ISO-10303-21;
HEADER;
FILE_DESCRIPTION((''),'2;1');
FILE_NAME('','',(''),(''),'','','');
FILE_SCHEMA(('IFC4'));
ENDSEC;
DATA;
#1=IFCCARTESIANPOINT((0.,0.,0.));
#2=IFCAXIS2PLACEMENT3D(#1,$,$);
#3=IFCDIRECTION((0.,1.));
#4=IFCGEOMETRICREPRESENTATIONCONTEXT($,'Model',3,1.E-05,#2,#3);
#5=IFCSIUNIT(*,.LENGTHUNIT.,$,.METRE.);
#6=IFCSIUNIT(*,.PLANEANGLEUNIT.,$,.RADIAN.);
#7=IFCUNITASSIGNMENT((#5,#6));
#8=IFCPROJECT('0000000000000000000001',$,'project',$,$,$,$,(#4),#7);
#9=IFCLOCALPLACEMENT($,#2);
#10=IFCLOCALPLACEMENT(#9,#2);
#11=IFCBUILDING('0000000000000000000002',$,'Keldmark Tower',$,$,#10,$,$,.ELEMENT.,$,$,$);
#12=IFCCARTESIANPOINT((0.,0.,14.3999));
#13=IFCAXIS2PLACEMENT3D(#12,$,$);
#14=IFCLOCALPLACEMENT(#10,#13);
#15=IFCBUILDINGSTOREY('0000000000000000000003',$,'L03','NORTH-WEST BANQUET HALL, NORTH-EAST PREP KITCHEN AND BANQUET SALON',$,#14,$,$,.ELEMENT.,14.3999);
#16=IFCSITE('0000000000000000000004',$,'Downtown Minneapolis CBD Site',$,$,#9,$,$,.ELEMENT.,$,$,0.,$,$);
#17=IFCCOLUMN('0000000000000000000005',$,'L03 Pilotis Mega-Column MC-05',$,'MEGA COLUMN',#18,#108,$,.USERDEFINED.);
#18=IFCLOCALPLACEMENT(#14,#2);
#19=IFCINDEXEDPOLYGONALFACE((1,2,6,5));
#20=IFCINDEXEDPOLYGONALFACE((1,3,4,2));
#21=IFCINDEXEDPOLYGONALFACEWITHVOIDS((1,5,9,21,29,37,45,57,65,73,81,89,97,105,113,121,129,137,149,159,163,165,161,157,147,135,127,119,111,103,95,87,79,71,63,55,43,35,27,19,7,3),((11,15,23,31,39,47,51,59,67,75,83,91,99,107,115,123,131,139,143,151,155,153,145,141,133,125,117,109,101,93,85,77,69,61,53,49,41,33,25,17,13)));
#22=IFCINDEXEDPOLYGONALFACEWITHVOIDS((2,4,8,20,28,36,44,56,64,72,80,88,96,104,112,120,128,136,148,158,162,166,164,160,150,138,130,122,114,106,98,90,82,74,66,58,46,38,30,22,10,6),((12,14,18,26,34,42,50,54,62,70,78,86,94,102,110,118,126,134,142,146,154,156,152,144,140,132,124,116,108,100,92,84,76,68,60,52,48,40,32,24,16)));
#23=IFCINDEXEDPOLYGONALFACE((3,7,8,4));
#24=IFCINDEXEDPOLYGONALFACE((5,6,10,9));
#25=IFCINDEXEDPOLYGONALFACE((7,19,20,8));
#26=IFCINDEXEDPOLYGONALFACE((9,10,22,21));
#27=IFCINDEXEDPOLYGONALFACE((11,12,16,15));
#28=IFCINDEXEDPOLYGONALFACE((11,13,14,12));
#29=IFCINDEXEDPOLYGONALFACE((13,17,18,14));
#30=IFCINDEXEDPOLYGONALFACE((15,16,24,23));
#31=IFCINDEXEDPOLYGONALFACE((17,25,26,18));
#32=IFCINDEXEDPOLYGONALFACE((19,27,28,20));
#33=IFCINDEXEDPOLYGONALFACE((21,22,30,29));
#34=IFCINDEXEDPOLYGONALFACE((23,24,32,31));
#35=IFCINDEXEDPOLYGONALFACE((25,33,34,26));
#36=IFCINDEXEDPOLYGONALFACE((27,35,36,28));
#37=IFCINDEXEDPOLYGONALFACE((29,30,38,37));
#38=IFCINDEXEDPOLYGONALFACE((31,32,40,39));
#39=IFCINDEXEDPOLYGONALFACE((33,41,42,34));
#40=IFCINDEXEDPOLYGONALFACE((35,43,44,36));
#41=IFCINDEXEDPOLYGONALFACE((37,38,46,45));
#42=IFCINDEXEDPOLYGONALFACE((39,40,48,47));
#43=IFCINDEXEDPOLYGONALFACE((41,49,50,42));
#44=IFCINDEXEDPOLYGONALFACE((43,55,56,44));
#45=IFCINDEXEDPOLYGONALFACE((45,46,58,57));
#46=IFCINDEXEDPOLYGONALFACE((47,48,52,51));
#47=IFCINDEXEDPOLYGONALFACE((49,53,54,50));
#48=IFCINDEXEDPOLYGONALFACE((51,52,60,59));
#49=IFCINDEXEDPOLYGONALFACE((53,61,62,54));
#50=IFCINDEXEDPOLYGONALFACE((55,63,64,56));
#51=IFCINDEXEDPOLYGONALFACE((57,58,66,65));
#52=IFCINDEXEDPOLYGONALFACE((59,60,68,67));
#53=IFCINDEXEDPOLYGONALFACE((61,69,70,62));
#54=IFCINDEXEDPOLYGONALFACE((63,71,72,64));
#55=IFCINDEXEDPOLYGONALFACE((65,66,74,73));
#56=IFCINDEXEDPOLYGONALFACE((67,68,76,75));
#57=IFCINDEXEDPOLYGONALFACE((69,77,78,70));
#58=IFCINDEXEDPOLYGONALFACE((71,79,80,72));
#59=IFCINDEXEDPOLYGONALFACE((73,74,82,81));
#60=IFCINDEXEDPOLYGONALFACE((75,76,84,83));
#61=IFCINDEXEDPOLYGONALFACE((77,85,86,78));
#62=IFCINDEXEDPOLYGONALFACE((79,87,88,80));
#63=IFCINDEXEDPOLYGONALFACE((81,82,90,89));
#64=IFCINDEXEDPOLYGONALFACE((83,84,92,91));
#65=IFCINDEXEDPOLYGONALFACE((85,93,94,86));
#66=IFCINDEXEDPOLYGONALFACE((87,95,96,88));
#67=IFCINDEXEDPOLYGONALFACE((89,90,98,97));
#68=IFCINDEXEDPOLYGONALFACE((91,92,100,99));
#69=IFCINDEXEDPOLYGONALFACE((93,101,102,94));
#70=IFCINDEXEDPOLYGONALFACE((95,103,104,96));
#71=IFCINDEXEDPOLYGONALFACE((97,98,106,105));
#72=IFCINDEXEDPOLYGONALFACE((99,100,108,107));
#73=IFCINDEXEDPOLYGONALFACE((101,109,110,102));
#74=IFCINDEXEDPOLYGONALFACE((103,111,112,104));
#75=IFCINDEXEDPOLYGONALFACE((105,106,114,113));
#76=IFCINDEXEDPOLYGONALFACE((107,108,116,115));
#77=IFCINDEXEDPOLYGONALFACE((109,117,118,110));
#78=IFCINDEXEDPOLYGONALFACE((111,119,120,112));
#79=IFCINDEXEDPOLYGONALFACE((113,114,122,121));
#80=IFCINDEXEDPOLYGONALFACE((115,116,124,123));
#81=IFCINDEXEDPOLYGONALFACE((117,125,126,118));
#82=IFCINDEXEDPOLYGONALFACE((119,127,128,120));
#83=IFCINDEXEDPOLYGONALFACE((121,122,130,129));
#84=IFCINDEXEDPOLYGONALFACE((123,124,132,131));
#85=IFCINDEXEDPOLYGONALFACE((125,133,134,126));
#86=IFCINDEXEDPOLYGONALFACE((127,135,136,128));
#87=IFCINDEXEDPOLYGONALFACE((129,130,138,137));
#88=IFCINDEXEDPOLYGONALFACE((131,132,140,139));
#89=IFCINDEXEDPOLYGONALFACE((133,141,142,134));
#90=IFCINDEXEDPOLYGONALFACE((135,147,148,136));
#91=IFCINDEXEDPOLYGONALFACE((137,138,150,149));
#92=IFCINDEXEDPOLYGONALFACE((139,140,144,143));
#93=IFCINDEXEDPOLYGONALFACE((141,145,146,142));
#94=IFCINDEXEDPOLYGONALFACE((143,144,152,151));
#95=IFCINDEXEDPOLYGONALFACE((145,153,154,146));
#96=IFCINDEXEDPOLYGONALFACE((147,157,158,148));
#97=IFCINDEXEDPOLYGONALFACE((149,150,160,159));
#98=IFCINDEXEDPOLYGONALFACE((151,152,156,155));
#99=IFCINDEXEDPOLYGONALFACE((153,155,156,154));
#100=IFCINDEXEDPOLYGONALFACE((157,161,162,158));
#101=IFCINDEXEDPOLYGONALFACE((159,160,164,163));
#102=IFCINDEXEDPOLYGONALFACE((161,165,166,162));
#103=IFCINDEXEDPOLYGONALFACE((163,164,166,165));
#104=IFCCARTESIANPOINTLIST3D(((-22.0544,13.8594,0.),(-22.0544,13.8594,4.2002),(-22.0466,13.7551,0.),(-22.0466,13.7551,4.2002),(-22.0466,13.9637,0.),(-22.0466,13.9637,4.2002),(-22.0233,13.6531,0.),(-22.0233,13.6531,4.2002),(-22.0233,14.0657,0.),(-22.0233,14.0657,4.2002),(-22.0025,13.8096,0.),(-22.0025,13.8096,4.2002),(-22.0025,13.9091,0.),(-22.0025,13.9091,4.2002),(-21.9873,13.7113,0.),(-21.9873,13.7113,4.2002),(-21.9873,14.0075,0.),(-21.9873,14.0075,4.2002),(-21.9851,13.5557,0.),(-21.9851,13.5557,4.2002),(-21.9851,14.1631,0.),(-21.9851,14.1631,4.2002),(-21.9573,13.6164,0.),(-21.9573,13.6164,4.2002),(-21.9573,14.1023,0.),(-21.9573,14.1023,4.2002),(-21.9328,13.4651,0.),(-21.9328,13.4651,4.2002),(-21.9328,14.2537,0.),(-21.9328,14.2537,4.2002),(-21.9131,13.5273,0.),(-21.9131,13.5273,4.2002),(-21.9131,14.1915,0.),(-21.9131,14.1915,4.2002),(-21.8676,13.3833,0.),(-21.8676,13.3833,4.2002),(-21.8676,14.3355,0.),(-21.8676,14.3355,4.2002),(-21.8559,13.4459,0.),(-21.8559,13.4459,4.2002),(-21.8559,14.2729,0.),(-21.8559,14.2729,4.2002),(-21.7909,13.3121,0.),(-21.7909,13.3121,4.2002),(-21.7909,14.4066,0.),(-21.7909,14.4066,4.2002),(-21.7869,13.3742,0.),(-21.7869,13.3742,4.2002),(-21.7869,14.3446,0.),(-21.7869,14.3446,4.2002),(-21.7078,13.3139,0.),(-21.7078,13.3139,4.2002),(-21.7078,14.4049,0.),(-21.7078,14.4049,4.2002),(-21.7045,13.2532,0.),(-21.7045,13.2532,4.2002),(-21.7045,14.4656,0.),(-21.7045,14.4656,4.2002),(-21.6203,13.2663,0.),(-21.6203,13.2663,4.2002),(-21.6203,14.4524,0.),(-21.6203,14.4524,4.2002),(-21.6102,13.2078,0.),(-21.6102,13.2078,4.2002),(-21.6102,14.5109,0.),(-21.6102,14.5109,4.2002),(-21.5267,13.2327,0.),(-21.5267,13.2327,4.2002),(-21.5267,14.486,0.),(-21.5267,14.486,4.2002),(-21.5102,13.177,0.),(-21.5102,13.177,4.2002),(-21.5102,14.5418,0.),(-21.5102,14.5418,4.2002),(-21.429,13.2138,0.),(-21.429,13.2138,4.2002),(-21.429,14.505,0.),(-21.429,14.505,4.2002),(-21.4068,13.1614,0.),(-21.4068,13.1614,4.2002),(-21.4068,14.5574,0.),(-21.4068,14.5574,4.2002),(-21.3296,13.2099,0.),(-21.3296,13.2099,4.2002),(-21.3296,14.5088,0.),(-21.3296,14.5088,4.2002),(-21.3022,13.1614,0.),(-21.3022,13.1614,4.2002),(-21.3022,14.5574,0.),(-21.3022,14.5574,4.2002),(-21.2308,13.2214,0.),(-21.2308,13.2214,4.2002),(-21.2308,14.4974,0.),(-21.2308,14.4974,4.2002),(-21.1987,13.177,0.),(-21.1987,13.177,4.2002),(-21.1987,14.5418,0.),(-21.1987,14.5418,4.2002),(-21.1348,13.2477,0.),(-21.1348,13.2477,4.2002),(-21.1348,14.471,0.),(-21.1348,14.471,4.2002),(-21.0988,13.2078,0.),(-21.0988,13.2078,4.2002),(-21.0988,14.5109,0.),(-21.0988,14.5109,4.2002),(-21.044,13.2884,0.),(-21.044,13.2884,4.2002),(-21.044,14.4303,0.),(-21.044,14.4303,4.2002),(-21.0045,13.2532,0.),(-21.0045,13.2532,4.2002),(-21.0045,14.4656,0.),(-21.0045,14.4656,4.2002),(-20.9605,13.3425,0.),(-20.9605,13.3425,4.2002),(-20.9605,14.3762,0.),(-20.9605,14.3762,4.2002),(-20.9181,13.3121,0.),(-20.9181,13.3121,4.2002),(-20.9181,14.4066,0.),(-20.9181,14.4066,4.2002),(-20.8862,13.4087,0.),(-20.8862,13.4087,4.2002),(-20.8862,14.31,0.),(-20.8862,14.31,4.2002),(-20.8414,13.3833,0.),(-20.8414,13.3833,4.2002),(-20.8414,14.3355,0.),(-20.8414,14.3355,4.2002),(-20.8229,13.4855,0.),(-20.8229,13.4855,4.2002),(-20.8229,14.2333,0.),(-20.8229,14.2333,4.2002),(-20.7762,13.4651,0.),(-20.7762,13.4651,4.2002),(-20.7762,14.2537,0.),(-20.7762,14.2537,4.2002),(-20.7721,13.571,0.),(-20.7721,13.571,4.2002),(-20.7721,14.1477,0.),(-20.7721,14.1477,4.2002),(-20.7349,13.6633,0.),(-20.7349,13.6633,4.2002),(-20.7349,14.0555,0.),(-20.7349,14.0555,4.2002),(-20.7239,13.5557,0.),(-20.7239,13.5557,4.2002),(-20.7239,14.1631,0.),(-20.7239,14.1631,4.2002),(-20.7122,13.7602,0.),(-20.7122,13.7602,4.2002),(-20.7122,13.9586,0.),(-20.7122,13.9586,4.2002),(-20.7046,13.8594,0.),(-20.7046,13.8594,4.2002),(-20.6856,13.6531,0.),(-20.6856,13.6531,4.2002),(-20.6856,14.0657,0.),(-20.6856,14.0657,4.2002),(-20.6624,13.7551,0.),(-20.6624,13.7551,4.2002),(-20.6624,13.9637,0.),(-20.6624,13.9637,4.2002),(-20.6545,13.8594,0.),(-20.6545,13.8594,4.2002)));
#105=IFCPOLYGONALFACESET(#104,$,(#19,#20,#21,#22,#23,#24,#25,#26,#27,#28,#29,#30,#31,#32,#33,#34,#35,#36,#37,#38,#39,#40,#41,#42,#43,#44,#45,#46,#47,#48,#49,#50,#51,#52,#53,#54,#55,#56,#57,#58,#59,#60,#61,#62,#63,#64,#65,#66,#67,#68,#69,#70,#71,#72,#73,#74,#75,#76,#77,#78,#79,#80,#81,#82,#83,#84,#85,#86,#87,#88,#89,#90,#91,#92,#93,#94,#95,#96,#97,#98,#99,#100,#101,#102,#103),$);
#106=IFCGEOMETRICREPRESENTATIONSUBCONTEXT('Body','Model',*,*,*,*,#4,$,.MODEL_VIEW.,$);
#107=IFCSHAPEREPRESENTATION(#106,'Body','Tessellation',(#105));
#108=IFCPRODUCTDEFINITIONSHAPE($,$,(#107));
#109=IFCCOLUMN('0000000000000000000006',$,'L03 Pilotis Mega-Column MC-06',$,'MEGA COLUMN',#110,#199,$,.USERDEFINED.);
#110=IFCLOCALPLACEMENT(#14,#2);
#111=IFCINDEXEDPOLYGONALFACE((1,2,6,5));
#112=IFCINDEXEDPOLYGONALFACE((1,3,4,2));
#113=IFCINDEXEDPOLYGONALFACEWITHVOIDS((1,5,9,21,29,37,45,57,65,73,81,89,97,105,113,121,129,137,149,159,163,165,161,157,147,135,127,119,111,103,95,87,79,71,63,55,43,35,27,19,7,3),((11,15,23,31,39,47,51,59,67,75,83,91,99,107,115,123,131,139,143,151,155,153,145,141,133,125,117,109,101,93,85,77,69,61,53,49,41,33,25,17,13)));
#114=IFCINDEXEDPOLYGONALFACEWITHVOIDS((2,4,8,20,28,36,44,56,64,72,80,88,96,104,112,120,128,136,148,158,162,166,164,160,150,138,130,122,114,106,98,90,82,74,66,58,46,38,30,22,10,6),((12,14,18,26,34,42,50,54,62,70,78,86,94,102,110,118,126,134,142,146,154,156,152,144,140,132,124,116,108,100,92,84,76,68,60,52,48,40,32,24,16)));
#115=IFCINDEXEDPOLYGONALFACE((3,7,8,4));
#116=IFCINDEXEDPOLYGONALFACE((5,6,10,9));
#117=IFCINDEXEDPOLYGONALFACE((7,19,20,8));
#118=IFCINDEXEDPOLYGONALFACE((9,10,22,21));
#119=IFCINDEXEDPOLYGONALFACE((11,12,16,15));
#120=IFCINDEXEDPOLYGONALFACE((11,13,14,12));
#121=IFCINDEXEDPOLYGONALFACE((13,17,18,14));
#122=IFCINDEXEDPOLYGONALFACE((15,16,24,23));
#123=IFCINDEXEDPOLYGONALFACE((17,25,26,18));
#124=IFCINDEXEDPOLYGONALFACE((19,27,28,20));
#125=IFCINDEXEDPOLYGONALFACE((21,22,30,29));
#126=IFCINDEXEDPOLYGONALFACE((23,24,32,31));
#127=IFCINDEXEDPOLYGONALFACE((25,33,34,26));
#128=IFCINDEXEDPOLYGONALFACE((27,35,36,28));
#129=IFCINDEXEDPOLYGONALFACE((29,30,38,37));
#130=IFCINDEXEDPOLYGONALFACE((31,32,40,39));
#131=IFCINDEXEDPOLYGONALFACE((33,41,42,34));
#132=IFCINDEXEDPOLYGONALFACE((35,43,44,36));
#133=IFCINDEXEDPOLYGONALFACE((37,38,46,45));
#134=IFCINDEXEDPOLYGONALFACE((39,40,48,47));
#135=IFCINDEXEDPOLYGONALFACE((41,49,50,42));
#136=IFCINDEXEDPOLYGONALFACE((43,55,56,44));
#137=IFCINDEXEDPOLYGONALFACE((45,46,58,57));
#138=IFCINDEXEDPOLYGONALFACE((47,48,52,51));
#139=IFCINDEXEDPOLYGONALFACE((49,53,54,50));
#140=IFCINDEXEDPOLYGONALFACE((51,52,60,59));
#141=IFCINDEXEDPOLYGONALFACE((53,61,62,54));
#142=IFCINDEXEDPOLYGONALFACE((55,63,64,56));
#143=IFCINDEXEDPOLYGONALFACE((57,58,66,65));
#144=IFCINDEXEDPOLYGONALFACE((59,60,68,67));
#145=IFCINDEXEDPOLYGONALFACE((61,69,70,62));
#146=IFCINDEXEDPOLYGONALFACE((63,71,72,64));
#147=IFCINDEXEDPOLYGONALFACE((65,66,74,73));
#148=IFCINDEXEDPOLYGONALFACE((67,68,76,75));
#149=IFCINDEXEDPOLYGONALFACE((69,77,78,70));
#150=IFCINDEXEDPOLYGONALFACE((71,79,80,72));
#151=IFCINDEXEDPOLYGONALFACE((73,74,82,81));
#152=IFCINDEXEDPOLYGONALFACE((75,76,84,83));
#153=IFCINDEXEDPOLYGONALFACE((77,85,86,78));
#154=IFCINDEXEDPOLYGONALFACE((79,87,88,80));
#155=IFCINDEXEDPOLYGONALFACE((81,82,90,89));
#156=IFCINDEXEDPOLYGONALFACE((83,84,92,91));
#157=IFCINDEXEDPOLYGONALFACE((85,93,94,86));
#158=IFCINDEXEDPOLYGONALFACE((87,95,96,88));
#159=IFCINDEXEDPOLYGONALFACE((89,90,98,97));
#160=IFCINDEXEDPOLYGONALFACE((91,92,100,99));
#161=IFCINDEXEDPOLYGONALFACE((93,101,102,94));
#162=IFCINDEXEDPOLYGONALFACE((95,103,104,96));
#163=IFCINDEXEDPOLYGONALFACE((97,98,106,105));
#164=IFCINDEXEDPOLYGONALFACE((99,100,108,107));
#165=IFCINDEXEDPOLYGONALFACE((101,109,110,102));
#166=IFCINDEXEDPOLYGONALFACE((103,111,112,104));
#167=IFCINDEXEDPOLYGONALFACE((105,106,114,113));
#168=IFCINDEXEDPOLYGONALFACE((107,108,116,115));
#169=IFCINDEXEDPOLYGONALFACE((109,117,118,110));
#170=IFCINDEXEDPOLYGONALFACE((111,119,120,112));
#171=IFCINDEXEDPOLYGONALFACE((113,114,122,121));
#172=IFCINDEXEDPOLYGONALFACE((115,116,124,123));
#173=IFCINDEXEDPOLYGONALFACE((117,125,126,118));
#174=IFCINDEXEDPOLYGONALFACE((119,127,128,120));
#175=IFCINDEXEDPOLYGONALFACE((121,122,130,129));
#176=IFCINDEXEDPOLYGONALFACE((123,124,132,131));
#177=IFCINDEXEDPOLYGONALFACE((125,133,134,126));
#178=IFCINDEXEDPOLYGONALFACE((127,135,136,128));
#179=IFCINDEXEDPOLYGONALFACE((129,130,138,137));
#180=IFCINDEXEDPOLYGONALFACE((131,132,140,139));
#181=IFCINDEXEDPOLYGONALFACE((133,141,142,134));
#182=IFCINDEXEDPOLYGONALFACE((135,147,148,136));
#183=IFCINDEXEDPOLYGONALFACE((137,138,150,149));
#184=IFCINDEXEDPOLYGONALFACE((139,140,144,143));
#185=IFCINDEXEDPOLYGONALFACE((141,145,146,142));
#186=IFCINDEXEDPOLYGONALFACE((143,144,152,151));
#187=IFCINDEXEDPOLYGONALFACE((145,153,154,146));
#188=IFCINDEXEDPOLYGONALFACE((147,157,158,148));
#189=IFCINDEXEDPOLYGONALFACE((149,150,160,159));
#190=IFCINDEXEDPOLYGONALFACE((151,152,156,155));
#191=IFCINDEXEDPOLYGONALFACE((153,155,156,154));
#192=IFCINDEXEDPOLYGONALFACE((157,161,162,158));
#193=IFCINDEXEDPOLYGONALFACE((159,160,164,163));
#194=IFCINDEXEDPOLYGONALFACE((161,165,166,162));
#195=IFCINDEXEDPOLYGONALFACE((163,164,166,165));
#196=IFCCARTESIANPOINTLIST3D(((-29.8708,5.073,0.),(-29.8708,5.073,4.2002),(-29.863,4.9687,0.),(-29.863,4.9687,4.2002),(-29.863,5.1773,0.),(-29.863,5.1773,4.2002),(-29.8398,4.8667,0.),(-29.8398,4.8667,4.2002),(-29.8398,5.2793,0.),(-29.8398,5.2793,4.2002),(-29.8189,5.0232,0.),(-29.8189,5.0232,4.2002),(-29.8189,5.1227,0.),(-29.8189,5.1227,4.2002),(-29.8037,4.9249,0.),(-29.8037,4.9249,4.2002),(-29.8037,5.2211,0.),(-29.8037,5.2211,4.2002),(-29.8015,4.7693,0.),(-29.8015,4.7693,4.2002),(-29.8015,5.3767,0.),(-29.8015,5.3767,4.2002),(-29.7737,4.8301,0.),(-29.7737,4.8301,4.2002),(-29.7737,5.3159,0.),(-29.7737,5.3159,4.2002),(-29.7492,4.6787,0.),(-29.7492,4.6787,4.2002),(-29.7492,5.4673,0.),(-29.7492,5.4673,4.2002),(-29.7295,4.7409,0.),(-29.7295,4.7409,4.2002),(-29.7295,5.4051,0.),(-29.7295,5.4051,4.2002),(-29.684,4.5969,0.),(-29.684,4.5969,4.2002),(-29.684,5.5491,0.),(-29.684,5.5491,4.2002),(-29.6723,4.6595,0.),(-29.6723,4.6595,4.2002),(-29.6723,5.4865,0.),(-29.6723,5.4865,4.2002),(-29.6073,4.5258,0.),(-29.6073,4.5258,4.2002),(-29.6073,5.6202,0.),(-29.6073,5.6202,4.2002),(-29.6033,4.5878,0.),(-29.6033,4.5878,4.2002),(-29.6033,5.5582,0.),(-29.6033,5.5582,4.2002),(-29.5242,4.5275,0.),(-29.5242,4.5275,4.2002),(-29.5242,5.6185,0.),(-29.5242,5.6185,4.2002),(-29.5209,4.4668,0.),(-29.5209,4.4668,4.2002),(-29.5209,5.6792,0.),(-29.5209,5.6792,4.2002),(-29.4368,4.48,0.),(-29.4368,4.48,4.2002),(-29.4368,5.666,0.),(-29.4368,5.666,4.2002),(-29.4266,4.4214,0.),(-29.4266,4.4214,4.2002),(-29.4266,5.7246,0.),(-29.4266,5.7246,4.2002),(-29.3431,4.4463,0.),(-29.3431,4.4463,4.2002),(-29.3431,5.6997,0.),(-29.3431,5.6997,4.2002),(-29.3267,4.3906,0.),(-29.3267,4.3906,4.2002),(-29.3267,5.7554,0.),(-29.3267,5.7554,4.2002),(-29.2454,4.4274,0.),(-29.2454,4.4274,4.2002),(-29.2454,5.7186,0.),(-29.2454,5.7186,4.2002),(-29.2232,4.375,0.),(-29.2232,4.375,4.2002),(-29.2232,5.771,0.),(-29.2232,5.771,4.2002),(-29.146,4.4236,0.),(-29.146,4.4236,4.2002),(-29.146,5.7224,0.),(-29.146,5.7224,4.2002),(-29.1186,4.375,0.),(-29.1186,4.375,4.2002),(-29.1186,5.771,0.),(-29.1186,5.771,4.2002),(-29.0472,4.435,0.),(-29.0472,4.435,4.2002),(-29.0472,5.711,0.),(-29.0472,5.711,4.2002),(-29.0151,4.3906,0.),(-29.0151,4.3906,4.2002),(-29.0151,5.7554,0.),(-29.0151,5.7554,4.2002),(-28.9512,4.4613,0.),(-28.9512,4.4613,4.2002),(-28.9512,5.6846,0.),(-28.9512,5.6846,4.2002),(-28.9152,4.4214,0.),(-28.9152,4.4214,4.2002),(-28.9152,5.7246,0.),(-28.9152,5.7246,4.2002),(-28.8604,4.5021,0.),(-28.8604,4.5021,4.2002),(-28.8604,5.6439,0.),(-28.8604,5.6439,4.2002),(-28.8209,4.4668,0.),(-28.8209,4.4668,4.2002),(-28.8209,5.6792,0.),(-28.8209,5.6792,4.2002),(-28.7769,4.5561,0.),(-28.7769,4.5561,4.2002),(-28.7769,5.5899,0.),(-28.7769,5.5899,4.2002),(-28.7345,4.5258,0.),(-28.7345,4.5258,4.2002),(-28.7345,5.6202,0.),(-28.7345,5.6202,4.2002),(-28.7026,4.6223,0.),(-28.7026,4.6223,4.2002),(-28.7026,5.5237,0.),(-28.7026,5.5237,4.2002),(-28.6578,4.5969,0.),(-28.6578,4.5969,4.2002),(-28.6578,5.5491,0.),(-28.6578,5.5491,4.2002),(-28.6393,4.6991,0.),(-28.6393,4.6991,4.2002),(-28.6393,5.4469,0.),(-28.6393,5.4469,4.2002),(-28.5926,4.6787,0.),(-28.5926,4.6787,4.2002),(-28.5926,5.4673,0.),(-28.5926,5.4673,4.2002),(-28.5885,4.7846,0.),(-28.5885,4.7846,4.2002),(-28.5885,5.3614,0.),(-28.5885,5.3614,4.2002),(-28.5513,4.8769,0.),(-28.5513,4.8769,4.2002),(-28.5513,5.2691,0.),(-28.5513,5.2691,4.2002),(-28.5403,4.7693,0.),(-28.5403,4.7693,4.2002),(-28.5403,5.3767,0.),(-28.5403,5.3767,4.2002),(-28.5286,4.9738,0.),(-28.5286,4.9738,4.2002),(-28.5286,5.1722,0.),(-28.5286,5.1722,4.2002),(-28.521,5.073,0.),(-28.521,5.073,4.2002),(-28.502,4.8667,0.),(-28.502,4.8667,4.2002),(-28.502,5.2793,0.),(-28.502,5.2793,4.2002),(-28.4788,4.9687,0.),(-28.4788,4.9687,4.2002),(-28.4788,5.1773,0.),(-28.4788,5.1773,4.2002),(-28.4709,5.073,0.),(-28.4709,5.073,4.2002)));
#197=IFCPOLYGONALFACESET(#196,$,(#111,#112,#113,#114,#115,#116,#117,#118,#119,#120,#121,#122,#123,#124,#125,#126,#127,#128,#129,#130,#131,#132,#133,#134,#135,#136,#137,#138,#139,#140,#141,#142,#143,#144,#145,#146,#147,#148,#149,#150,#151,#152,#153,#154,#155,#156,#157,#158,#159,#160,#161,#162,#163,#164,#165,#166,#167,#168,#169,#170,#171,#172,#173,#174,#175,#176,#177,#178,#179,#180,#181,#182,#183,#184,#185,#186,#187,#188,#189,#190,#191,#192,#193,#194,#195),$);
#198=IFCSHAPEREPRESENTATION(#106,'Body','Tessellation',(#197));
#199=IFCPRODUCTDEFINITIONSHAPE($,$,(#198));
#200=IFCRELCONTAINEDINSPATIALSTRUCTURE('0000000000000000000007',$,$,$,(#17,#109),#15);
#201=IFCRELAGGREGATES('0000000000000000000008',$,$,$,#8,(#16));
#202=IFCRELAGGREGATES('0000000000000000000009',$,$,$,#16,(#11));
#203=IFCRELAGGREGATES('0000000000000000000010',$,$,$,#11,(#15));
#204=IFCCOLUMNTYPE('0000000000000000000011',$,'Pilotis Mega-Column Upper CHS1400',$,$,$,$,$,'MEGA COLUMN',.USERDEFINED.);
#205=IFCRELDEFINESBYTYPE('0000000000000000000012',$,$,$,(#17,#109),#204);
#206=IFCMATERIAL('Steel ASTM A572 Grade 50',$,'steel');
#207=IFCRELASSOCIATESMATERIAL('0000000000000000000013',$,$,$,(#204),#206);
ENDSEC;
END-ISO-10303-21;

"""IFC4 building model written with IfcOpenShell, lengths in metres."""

from ifc_helpers import new_model, si_unit, direction, frame, origin, origin_2d, place, context, subcontext, project, spatial, hollow_circle, extrude, material, material_profile, profile_set, type_object, element, save


model = new_model("IFC4")

# Units and contexts
model_context = context("Model", 3, precision=1e-05, world=origin(), true_north=direction((0.0, 1.0)))
body_context = subcontext(model_context, "Body", "Model", "MODEL_VIEW")
ifc_project = project(units=[si_unit("LENGTHUNIT", "METRE"), si_unit("PLANEANGLEUNIT", "RADIAN")], contexts=[model_context])

# Site, building, storey
site_placement = place(None, origin())
site = spatial("IfcSite", under=ifc_project, at=site_placement, Name="Downtown Minneapolis CBD Site", CompositionType="ELEMENT", RefElevation=0.0)
building_placement = place(site_placement, origin())
building = spatial("IfcBuilding", under=site, at=building_placement, Name="Keldmark Tower", CompositionType="ELEMENT")
storey_placement = place(building_placement, frame((0.0, 0.0, 14.3999)))
storey = spatial("IfcBuildingStorey", under=building, at=storey_placement, Name="L03", Description="NORTH-WEST BANQUET HALL, NORTH-EAST PREP KITCHEN AND BANQUET SALON", CompositionType="ELEMENT", Elevation=14.3999)

# Columns
ifc_material_1 = material(Name="Steel ASTM A572 Grade 50", Category="steel")
ifc_material_profile_1 = material_profile(ifc_material_1, hollow_circle(Radius=0.7, WallThickness=0.05, at=origin_2d()), Name="CHS1400X50")
ifc_profile_set_1 = profile_set([ifc_material_profile_1], Name="Steel ASTM A572 Grade 50")
column_type = type_object("IfcColumnType", Name="Pilotis Mega-Column Upper CHS1400", ElementType="MEGA COLUMN", PredefinedType="USERDEFINED", material=ifc_profile_set_1)
for number, where, z_axis, x_axis, name in (
    (1, (-21.3545, 13.8594, 0.0), (0.0, 0.0, 1.0), (1.0, 0.0, 0.0), "L03 Pilotis Mega-Column MC-05"),
    (2, (-29.1709, 5.073, 0.0), (0.0, 0.0, 1.0), (1.0, 0.0, 0.0), "L03 Pilotis Mega-Column MC-06"),
):
    element("IfcColumn", number, at=place(storey_placement, frame(where, z_axis=z_axis, x_axis=x_axis)), inside=storey, type_object=column_type, Name=name, ObjectType="MEGA COLUMN", PredefinedType="USERDEFINED", context=body_context, shape_type="SweptSolid", body=[
        extrude(hollow_circle(Radius=0.7, WallThickness=0.05, at=origin_2d()), origin(), (0.0, 0.0, 1.0), 4.2002),
    ])

save(model, "model.ifc")
